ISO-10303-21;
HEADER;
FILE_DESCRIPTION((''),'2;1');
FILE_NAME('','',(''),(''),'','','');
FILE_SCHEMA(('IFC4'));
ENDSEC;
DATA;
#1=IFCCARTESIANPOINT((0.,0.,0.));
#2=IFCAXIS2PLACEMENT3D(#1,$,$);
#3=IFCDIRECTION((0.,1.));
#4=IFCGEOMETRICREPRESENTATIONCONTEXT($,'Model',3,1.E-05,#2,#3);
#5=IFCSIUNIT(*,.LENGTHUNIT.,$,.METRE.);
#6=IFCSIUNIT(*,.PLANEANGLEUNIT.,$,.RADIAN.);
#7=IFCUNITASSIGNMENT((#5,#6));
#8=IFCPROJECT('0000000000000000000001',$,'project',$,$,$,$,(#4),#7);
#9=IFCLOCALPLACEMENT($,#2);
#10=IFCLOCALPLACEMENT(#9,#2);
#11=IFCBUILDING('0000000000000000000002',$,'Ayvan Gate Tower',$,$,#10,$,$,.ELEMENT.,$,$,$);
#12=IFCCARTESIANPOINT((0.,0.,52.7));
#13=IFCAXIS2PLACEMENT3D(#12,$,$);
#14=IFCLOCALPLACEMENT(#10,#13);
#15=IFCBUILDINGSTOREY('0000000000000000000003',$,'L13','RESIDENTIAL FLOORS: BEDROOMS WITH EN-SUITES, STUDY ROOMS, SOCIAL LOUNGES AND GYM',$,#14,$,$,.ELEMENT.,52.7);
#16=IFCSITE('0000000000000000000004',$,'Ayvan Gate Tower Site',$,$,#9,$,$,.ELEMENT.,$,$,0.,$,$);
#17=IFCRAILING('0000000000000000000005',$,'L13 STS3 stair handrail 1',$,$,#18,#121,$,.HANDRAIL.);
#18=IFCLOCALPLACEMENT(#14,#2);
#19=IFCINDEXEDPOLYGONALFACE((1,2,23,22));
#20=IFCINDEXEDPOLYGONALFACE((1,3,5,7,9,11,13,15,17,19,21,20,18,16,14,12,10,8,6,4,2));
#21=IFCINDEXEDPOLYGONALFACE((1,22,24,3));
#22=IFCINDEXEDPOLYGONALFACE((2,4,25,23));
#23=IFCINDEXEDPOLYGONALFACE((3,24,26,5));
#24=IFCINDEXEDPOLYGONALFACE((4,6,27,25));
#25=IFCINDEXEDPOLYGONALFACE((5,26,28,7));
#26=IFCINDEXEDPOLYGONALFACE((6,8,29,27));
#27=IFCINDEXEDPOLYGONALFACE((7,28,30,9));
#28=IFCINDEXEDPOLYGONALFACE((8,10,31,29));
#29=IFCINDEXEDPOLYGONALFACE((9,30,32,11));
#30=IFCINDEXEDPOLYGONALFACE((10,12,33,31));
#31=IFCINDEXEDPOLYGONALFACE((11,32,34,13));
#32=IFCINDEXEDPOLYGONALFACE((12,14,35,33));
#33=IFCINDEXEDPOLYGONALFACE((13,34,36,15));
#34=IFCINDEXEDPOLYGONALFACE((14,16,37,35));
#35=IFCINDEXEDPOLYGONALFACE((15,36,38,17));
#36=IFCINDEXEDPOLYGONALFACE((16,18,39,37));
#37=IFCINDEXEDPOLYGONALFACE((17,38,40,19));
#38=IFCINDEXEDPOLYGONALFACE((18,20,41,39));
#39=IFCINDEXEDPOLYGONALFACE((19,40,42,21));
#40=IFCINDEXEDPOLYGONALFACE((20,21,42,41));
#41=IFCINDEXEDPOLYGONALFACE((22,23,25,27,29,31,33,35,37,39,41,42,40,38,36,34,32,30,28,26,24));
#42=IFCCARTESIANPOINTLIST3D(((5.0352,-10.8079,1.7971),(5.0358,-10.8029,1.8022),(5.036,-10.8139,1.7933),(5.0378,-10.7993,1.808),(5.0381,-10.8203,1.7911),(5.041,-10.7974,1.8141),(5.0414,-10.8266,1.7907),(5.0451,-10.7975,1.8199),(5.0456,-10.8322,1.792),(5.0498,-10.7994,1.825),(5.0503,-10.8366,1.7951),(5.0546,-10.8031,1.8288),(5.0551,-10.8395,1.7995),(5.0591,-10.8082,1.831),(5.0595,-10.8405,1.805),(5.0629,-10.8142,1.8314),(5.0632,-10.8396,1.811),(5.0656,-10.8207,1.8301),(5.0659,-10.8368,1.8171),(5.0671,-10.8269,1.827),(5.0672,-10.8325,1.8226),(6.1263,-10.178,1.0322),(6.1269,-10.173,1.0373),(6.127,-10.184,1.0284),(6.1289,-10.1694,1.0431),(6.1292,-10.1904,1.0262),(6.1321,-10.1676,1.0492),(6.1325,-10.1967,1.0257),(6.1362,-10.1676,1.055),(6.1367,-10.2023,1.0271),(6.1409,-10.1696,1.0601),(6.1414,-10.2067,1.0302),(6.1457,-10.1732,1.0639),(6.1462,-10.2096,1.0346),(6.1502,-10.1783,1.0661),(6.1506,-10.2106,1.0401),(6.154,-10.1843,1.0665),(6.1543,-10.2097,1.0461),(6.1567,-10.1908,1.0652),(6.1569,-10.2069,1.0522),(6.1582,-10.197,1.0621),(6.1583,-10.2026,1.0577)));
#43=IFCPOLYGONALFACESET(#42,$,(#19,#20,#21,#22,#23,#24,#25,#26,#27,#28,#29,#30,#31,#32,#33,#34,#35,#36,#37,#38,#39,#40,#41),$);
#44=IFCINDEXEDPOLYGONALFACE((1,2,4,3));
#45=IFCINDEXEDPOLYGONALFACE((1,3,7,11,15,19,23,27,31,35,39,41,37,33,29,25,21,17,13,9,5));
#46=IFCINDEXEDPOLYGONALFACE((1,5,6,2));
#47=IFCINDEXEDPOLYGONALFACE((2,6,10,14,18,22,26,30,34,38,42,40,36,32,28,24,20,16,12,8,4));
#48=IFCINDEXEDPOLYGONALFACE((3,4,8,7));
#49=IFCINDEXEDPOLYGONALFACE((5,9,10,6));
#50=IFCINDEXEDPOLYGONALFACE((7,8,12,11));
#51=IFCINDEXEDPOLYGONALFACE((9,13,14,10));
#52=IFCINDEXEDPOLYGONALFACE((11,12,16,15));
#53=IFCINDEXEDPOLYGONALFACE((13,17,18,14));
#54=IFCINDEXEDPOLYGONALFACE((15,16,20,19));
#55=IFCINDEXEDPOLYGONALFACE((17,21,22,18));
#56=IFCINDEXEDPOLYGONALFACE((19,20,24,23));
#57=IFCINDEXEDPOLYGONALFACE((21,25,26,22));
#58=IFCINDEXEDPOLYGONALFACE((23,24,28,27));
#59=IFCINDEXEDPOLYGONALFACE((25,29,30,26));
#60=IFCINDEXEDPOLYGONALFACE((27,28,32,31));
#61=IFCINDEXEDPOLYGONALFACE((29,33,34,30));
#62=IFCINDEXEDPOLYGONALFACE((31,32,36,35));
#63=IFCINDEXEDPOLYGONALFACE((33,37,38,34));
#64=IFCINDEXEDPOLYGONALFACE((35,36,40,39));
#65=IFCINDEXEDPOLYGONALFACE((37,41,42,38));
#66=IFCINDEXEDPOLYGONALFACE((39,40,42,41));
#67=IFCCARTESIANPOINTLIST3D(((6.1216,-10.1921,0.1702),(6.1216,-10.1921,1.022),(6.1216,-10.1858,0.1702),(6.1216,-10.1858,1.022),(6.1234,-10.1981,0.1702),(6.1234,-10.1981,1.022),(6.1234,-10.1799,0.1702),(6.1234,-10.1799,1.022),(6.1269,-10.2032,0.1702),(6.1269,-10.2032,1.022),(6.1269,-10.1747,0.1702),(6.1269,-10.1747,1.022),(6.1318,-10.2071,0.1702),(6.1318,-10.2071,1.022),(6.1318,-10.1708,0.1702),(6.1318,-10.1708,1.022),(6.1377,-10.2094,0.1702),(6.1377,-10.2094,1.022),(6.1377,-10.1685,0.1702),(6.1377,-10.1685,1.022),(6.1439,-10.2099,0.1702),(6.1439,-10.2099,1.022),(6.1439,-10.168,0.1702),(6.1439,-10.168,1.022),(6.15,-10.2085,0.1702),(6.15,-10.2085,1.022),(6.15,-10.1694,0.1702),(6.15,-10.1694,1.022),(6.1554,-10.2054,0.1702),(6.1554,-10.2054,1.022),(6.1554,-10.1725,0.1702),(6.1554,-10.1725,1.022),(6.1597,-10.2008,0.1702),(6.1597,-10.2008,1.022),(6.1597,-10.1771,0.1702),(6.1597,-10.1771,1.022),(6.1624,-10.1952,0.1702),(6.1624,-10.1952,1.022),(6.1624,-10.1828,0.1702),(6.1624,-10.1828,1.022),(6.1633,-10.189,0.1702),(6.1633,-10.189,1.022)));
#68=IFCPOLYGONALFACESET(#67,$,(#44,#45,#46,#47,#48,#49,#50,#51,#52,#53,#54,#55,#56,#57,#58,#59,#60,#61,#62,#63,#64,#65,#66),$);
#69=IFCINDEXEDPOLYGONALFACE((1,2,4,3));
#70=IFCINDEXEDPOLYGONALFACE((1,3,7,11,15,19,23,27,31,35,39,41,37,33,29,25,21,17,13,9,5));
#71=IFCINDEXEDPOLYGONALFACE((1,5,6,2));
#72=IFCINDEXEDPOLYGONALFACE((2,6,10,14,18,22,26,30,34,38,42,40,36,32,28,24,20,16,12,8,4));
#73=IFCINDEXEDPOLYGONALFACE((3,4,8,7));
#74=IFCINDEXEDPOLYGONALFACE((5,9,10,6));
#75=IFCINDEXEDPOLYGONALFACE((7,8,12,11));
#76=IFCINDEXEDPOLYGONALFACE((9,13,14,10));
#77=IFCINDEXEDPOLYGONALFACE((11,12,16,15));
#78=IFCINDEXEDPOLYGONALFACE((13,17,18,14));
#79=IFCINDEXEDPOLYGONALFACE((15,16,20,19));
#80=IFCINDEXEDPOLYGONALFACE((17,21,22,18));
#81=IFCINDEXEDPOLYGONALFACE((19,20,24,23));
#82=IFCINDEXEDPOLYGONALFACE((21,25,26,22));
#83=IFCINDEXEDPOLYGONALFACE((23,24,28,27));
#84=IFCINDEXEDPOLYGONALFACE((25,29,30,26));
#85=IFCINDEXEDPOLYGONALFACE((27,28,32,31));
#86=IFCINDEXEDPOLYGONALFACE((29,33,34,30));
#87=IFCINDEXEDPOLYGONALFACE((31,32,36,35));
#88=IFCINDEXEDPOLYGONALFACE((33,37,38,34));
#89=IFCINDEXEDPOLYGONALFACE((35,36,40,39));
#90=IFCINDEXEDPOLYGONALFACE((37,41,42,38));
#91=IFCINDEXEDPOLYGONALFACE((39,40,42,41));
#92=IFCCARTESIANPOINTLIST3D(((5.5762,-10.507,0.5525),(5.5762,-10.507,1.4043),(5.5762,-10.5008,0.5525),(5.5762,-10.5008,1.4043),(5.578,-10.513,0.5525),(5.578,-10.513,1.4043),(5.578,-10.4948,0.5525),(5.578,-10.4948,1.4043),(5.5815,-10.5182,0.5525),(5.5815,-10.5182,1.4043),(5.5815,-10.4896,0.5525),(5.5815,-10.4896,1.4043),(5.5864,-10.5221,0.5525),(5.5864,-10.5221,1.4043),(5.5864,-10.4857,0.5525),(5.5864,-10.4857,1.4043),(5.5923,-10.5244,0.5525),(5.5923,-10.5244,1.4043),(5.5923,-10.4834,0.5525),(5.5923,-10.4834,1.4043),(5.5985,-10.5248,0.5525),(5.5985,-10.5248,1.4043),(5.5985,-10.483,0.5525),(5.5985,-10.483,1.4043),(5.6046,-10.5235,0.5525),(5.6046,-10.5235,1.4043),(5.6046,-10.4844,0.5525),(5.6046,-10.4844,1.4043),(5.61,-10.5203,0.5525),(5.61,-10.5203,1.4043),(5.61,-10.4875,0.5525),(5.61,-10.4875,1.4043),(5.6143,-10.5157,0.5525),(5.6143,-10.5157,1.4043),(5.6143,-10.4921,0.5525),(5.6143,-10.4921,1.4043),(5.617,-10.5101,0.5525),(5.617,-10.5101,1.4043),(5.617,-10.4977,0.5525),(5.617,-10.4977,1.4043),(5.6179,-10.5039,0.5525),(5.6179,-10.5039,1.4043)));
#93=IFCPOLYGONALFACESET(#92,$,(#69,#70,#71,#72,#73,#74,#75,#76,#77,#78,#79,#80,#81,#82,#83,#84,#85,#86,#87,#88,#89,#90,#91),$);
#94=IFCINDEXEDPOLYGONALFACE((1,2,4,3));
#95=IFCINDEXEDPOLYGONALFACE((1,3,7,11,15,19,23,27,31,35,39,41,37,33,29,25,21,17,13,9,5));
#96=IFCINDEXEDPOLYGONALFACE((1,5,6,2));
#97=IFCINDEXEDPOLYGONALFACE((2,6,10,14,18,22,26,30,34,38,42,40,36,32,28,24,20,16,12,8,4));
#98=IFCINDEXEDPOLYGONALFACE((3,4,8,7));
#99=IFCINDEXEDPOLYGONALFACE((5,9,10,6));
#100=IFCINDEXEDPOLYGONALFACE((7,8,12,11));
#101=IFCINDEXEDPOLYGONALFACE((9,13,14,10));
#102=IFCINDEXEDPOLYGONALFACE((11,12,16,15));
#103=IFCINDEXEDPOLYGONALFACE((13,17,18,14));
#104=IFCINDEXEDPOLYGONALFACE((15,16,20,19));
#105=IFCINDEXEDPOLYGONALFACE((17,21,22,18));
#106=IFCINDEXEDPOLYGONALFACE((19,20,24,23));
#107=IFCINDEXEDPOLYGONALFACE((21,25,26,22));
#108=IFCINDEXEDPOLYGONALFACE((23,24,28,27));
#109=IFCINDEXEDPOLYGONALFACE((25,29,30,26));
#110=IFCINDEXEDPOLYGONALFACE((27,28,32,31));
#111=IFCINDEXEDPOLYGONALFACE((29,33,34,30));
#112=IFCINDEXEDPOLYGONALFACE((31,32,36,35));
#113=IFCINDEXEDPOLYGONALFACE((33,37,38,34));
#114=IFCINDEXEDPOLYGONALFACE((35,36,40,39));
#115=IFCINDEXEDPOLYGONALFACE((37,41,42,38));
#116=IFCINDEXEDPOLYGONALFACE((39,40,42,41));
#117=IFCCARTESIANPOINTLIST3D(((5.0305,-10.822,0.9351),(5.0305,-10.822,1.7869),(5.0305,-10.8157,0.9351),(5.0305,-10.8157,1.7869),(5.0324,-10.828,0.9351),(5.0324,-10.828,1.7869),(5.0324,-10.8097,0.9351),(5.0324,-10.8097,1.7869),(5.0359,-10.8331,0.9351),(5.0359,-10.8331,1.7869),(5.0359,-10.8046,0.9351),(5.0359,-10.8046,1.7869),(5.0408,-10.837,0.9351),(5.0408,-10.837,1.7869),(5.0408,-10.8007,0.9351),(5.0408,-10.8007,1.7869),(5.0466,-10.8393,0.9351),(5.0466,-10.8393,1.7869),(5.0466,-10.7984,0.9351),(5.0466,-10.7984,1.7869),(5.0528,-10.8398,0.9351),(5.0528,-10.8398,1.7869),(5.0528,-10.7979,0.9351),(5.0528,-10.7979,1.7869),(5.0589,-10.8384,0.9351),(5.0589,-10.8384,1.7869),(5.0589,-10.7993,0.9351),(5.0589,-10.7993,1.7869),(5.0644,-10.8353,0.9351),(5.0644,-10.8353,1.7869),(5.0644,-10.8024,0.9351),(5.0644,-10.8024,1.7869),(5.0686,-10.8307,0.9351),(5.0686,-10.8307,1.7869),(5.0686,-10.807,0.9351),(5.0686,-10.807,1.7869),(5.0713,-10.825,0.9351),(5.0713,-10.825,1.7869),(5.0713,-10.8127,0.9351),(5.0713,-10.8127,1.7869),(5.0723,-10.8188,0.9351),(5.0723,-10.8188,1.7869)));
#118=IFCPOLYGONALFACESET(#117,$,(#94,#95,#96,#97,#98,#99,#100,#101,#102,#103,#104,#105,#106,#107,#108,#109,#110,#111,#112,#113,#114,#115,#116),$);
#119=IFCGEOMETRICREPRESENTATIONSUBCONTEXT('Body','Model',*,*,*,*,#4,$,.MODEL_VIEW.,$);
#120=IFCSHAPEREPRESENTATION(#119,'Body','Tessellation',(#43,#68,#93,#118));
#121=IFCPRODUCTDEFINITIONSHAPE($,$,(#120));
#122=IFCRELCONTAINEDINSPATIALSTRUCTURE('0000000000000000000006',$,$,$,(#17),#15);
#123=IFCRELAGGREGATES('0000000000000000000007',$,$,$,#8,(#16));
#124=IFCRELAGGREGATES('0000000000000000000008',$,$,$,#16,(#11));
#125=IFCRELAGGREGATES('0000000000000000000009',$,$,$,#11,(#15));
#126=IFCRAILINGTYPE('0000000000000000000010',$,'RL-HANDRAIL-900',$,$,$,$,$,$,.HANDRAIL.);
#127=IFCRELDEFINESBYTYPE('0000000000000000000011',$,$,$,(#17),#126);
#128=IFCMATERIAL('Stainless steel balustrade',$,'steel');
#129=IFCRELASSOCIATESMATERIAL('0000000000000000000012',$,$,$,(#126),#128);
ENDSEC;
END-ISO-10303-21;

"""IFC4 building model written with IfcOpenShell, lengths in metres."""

from ifc_helpers import new_model, si_unit, direction, frame, origin, origin_2d, place, context, subcontext, project, spatial, circle, extrude, material, type_object, element, save


model = new_model("IFC4")

# Units and contexts
model_context = context("Model", 3, precision=1e-05, world=origin(), true_north=direction((0.0, 1.0)))
body_context = subcontext(model_context, "Body", "Model", "MODEL_VIEW")
ifc_project = project(units=[si_unit("LENGTHUNIT", "METRE"), si_unit("PLANEANGLEUNIT", "RADIAN")], contexts=[model_context])

# Site, building, storey
site_placement = place(None, origin())
site = spatial("IfcSite", under=ifc_project, at=site_placement, Name="Ayvan Gate Tower Site", CompositionType="ELEMENT", RefElevation=0.0)
building_placement = place(site_placement, origin())
building = spatial("IfcBuilding", under=site, at=building_placement, Name="Ayvan Gate Tower", CompositionType="ELEMENT")
storey_placement = place(building_placement, frame((0.0, 0.0, 52.7)))
storey = spatial("IfcBuildingStorey", under=building, at=storey_placement, Name="L13", Description="RESIDENTIAL FLOORS: BEDROOMS WITH EN-SUITES, STUDY ROOMS, SOCIAL LOUNGES AND GYM", CompositionType="ELEMENT", Elevation=52.7)

# Railing
ifc_material_1 = material(Name="Stainless steel balustrade", Category="steel")
railing_type_1 = type_object("IfcRailingType", Name="RL-HANDRAIL-900", PredefinedType="HANDRAIL", material=ifc_material_1)
railing_1_placement = place(storey_placement, frame((6.1423, -10.189, 0.1702)))
element("IfcRailing", 1, at=railing_1_placement, inside=storey, type_object=railing_type_1, Name="L13 STS3 stair handrail 1", PredefinedType="HANDRAIL", context=body_context, shape_type="SweptSolid", body=[
    extrude(circle(Radius=0.0239, at=origin_2d()), frame((0.0, 0.0, 0.876), z_axis=(-0.740282, -0.427372, 0.518976), x_axis=(0.499974, -0.86604, 0.0)), (0.0, 0.0, 1.0), 1.4739),
    extrude(circle(Radius=0.021, at=origin_2d()), origin(), (0.0, 0.0, 1.0), 0.8518),
    extrude(circle(Radius=0.021, at=origin_2d()), frame((-0.5454, -0.3149, 0.3823)), (0.0, 0.0, 1.0), 0.8518),
    extrude(circle(Radius=0.021, at=origin_2d()), frame((-1.0911, -0.6299, 0.7649)), (0.0, 0.0, 1.0), 0.8518),
])

save(model, "model.ifc")
